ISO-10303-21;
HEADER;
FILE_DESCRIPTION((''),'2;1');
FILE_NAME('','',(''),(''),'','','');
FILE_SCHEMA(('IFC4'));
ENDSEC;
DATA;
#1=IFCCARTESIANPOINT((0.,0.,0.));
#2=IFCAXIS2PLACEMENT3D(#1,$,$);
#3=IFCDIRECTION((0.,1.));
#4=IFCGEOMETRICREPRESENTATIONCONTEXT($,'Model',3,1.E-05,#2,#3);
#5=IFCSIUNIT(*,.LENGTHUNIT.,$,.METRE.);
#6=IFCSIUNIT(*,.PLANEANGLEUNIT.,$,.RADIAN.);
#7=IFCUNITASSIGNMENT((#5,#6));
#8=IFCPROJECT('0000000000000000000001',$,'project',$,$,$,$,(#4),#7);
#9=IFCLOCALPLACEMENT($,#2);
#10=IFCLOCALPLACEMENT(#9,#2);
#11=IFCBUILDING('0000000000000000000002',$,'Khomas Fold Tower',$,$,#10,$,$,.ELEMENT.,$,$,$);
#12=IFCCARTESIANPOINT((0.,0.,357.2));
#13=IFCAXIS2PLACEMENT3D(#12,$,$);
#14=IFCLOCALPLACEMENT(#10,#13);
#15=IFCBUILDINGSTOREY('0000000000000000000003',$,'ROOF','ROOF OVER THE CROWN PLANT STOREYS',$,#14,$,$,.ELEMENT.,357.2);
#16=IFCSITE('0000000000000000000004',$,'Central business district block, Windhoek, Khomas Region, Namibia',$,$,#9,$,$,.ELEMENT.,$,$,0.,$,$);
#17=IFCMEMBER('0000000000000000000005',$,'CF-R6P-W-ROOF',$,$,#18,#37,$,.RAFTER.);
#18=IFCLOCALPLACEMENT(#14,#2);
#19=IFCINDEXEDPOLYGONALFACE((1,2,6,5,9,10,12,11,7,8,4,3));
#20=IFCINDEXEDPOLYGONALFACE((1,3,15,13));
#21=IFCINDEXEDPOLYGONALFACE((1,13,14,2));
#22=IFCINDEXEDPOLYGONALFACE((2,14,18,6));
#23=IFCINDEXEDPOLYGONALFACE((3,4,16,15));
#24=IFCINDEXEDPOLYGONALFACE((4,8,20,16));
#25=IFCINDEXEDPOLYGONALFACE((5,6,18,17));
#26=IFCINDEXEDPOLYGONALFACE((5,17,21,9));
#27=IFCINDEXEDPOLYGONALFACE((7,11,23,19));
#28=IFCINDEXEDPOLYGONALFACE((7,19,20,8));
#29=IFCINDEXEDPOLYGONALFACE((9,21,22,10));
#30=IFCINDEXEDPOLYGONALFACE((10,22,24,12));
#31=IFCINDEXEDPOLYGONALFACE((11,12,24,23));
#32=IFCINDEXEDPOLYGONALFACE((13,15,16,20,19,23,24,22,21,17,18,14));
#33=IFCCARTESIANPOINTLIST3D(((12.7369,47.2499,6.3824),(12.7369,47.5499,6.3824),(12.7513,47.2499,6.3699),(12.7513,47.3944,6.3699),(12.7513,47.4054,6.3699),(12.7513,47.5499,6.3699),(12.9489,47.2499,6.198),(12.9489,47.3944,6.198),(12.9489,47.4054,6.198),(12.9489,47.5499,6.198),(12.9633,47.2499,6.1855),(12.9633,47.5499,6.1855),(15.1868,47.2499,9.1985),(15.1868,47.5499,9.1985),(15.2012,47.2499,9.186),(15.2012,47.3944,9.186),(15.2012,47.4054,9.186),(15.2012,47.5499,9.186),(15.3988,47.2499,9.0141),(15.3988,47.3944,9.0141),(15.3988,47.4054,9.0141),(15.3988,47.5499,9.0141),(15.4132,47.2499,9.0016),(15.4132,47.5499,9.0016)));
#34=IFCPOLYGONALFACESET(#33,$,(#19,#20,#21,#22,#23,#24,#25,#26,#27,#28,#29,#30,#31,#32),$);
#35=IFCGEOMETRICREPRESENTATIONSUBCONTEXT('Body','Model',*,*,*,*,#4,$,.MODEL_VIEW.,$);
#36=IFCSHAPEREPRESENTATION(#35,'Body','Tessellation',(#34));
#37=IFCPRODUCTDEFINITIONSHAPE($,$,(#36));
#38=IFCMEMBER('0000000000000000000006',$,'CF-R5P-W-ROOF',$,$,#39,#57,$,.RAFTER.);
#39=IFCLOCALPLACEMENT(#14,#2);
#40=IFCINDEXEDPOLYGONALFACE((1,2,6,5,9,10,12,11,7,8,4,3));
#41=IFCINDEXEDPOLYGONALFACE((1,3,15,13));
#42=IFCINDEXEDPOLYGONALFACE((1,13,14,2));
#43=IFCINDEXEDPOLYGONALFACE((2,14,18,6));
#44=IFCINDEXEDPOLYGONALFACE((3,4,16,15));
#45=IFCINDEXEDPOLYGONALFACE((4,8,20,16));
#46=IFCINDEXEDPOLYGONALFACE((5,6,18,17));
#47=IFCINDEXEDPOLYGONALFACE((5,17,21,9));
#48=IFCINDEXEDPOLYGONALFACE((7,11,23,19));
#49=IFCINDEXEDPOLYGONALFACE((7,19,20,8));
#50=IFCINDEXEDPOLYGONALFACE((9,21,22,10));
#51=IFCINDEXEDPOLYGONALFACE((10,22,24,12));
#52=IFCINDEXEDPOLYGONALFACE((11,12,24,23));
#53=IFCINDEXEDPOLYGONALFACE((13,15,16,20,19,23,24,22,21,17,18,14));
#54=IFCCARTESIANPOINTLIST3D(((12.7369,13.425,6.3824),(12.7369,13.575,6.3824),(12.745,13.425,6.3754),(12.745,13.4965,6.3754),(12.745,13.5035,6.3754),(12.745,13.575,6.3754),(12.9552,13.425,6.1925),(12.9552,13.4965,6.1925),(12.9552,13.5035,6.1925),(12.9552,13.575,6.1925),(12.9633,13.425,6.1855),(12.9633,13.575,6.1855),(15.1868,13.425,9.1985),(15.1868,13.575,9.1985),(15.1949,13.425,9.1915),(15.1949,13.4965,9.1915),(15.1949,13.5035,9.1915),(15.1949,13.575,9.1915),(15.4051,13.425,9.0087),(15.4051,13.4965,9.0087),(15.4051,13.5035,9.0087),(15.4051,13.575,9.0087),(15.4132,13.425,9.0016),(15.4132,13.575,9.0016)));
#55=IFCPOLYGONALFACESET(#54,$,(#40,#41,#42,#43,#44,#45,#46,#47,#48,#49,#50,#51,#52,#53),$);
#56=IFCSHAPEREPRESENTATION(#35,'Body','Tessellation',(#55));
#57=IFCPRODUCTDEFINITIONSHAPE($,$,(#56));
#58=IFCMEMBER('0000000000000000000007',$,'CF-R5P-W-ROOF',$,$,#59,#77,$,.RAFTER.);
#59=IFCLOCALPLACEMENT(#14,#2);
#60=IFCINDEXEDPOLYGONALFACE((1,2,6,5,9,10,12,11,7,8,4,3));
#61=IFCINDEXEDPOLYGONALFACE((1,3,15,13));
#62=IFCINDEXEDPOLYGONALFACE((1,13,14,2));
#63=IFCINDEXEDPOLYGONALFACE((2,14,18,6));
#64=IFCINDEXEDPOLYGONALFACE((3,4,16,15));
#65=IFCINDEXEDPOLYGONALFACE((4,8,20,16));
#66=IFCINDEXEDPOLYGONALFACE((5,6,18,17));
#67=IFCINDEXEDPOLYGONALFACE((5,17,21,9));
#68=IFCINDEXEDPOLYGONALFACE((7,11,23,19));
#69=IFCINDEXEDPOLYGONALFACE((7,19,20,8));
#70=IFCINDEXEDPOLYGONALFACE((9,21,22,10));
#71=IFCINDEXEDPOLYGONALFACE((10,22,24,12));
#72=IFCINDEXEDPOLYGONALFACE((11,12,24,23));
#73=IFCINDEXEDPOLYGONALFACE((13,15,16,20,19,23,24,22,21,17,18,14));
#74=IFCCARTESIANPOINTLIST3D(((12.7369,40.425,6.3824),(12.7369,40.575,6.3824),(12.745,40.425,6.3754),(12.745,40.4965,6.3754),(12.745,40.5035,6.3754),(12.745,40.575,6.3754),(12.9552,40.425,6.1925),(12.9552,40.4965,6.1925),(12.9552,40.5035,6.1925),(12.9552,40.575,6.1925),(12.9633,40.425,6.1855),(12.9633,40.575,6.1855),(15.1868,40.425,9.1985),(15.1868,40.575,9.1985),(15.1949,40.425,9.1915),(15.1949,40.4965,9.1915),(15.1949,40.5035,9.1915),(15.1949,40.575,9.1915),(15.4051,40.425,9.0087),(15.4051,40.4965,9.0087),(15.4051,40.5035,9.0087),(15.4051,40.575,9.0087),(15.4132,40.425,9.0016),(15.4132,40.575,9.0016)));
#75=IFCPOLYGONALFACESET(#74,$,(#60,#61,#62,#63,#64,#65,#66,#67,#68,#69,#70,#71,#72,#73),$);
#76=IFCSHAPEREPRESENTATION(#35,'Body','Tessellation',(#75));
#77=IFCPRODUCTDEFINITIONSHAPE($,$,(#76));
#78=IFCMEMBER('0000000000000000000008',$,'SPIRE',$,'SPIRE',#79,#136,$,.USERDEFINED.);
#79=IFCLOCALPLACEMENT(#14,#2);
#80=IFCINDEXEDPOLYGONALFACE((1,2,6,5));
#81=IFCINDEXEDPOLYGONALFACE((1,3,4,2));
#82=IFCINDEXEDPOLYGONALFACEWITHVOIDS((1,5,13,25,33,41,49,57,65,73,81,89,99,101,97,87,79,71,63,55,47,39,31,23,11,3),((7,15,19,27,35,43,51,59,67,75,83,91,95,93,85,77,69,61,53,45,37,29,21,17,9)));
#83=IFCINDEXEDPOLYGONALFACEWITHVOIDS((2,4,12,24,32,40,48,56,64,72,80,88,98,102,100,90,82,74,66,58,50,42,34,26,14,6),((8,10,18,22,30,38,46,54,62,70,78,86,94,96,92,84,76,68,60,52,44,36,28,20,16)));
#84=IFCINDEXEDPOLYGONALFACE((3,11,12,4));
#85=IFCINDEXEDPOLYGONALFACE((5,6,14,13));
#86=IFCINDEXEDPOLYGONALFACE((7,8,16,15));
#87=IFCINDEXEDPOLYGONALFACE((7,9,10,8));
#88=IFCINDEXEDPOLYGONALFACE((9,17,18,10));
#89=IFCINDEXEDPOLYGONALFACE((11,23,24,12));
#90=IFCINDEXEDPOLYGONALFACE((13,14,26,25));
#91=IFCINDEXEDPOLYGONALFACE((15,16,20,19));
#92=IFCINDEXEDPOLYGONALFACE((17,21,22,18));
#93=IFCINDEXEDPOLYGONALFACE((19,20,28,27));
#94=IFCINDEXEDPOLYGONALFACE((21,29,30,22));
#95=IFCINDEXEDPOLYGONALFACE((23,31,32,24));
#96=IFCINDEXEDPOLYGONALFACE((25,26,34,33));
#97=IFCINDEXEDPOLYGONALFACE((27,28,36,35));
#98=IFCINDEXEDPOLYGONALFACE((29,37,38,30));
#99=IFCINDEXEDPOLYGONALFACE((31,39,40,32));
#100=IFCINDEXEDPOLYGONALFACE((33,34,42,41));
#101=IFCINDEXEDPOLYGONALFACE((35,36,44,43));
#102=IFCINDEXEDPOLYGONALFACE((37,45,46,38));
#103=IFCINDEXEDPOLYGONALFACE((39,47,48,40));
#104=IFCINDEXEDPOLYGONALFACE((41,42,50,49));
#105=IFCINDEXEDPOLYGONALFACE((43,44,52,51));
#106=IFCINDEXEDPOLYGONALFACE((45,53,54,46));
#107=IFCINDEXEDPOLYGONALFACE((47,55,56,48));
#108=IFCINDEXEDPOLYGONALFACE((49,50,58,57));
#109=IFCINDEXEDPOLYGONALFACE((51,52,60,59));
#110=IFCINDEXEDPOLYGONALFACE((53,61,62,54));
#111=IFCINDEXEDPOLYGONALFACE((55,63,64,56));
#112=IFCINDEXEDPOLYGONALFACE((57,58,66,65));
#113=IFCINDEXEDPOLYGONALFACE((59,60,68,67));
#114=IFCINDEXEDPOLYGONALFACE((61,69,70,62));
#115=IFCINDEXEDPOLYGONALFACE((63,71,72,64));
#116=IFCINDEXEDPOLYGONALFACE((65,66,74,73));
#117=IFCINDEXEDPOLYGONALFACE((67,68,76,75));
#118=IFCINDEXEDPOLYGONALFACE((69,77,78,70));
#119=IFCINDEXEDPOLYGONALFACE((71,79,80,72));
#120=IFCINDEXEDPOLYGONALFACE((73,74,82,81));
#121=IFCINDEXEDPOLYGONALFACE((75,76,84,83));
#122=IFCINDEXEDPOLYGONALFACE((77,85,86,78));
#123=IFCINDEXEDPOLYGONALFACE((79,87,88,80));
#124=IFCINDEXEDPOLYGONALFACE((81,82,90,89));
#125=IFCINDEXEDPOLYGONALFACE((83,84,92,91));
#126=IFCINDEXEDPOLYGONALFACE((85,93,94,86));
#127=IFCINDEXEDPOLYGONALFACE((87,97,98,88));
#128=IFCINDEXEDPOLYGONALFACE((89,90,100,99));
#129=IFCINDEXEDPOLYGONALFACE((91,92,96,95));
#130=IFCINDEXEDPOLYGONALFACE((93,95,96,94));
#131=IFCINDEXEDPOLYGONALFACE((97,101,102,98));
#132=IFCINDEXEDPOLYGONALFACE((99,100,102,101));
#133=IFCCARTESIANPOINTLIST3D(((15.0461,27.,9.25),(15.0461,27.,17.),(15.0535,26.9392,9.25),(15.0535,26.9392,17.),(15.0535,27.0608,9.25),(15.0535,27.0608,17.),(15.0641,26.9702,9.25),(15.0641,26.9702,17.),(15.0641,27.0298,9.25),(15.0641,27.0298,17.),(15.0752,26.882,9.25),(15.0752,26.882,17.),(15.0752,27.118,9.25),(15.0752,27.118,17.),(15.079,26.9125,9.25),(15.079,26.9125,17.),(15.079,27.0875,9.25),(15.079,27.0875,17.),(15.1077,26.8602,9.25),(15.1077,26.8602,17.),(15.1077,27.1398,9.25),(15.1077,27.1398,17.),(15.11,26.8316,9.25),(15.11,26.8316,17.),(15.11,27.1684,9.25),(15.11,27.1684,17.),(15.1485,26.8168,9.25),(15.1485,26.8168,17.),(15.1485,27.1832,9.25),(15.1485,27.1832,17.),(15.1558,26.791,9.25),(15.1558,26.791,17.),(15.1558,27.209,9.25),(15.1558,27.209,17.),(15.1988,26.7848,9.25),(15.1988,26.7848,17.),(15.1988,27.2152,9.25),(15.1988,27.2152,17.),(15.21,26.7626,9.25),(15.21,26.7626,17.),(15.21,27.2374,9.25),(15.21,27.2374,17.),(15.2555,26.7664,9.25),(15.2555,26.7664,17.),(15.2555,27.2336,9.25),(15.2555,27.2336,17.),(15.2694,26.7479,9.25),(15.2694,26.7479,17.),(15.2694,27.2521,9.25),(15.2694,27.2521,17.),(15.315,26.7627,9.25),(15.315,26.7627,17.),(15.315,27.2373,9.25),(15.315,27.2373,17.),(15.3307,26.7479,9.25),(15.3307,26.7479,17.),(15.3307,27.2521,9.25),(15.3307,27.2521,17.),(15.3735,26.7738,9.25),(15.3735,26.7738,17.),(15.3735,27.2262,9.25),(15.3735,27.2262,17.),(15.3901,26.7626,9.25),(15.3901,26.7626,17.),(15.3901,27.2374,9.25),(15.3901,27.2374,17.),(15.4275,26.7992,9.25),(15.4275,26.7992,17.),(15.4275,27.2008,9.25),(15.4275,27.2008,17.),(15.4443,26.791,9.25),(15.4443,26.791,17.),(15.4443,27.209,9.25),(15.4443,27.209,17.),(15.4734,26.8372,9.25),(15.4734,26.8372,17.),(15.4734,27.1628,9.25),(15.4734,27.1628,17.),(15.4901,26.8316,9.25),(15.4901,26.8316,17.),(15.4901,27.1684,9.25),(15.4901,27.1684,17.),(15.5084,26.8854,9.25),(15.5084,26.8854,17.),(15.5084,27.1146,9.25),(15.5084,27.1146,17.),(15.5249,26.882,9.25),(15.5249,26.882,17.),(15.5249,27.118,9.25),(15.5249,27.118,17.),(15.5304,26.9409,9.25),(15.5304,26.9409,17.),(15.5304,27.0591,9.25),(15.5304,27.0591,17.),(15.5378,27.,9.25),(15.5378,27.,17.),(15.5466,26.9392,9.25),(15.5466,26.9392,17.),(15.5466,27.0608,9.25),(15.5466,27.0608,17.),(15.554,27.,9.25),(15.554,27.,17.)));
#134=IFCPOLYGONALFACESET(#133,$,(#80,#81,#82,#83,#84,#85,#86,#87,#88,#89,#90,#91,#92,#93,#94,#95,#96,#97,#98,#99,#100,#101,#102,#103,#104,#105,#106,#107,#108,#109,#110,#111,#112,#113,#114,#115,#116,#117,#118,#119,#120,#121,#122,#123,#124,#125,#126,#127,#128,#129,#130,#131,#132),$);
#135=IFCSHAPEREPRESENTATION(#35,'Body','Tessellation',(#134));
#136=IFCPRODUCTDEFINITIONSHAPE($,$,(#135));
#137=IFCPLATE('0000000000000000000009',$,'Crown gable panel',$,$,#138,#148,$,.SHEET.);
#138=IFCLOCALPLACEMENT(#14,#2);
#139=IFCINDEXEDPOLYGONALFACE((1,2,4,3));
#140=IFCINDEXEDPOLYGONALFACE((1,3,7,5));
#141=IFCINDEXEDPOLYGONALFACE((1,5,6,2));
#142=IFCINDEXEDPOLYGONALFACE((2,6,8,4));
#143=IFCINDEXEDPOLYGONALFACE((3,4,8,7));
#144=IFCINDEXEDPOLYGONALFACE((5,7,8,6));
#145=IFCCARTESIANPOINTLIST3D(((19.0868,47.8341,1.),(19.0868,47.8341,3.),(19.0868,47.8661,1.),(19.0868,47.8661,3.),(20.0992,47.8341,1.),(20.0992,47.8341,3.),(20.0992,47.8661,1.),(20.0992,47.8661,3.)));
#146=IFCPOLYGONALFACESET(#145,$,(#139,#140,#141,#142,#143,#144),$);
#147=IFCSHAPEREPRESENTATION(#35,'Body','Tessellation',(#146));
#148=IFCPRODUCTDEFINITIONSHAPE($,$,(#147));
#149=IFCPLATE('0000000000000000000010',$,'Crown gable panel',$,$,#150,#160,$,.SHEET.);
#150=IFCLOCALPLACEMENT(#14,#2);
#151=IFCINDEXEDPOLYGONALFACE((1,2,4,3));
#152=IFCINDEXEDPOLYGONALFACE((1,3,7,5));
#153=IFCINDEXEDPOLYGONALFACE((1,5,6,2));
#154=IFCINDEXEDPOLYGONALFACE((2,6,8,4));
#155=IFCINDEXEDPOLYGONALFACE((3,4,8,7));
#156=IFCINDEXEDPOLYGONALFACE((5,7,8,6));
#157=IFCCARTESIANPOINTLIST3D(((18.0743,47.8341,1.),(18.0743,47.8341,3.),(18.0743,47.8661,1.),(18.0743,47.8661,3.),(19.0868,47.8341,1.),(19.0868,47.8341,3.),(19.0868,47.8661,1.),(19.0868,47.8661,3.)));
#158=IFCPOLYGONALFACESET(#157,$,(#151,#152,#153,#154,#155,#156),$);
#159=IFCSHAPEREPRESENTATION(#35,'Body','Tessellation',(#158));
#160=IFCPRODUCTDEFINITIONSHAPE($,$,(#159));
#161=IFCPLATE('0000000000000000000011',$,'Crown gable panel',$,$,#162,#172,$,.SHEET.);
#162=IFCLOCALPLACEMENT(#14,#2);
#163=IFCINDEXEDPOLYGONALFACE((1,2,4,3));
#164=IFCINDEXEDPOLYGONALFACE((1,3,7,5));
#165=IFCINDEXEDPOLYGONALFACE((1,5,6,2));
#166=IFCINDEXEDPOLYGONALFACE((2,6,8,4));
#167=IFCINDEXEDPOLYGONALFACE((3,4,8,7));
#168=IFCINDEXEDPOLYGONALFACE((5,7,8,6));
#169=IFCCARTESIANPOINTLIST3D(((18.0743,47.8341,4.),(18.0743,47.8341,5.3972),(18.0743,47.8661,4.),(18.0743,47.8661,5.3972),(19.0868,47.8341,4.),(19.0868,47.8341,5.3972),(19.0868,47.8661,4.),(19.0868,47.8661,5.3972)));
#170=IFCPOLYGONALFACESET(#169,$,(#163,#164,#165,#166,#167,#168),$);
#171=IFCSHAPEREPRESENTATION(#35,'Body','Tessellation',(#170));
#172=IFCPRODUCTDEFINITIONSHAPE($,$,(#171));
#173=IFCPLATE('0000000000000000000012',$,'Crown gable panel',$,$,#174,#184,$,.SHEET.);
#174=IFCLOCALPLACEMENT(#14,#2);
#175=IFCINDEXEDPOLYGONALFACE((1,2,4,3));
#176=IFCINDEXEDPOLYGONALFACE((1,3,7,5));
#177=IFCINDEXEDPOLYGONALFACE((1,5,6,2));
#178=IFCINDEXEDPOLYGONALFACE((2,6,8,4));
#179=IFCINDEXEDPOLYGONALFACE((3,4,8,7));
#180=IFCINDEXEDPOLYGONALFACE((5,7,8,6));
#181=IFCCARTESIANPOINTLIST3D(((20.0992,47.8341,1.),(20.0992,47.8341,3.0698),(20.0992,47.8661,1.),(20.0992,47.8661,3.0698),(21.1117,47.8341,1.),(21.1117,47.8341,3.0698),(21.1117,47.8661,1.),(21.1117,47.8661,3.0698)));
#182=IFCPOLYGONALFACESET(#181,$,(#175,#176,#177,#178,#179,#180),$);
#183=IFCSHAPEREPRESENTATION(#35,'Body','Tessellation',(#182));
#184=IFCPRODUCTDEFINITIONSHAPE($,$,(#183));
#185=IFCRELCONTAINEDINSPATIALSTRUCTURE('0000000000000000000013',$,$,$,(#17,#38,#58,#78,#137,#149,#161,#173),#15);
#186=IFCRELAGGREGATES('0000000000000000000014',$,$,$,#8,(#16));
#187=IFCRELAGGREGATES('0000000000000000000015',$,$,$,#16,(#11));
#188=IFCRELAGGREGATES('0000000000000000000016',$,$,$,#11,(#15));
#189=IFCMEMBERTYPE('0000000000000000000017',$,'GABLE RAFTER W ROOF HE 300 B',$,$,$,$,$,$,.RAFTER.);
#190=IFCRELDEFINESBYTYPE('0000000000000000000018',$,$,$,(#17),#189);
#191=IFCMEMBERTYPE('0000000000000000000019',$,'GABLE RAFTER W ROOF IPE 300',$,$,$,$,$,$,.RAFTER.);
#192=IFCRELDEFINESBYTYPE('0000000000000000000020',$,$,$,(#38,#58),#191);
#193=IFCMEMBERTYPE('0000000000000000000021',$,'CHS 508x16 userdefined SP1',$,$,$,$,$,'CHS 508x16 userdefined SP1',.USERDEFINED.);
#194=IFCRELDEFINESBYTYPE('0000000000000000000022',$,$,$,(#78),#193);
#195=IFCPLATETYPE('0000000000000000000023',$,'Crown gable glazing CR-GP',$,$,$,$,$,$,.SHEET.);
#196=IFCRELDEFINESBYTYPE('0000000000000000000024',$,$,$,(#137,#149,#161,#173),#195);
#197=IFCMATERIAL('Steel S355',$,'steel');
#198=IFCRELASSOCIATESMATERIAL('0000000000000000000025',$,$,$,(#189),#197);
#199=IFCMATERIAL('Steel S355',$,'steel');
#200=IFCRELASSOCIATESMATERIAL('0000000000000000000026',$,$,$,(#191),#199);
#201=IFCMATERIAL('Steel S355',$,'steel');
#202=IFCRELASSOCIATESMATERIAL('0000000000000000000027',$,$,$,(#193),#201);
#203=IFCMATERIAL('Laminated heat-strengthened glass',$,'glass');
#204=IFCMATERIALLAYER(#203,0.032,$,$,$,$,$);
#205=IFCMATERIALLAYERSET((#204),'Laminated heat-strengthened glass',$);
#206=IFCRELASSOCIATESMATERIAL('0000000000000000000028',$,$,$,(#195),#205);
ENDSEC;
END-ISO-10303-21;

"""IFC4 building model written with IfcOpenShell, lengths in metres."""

from ifc_helpers import new_model, si_unit, direction, frame, origin, origin_2d, place, context, subcontext, project, spatial, rectangle, hollow_circle, i_section, extrude, source, transform, mapped, material, layer, layer_set, material_profile, profile_set, type_object, element, save


model = new_model("IFC4")

# Units and contexts
model_context = context("Model", 3, precision=1e-05, world=origin(), true_north=direction((0.0, 1.0)))
body_context = subcontext(model_context, "Body", "Model", "MODEL_VIEW")
ifc_project = project(units=[si_unit("LENGTHUNIT", "METRE"), si_unit("PLANEANGLEUNIT", "RADIAN")], contexts=[model_context])

# Site, building, storey
site_placement = place(None, origin())
site = spatial("IfcSite", under=ifc_project, at=site_placement, Name="Central business district block, Windhoek, Khomas Region, Namibia", CompositionType="ELEMENT", RefElevation=0.0)
building_placement = place(site_placement, origin())
building = spatial("IfcBuilding", under=site, at=building_placement, Name="Khomas Fold Tower", CompositionType="ELEMENT")
storey_placement = place(building_placement, frame((0.0, 0.0, 357.2)))
storey = spatial("IfcBuildingStorey", under=building, at=storey_placement, Name="ROOF", Description="ROOF OVER THE CROWN PLANT STOREYS", CompositionType="ELEMENT", Elevation=357.2)

# Members
ifc_material_1 = material(Name="Steel S355", Category="steel")
ifc_material_profile_1 = material_profile(ifc_material_1, i_section(OverallWidth=0.3, OverallDepth=0.3, WebThickness=0.011, FlangeThickness=0.019, at=origin_2d()), Name="HE 300 B")
ifc_profile_set_1 = profile_set([ifc_material_profile_1], Name="Steel S355")
member_type_1 = type_object("IfcMemberType", Name="GABLE RAFTER W ROOF HE 300 B", PredefinedType="RAFTER", material=ifc_profile_set_1)
shared_shape_1 = source(origin(), body_context, "Body", "SweptSolid", [
    extrude(i_section(OverallWidth=0.3, OverallDepth=0.3, WebThickness=0.011, FlangeThickness=0.019, at=origin_2d()), origin(), (0.0, 0.0, 1.0), 3.7327),
])
member_1_placement = place(storey_placement, frame((12.8501, 47.3999, 6.2839), z_axis=(0.656349, 0.0, 0.754458), x_axis=(0.0, 1.0, 0.0)))
element("IfcMember", 1, at=member_1_placement, inside=storey, type_object=member_type_1, Name="CF-R6P-W-ROOF", PredefinedType="RAFTER", context=body_context, shape_type="MappedRepresentation", body=[
    mapped(shared_shape_1, transform((0.0, 0.0, 0.0))),
])
ifc_material_2 = material(Name="Steel S355", Category="steel")
ifc_material_profile_2 = material_profile(ifc_material_2, i_section(OverallWidth=0.1499, OverallDepth=0.3, WebThickness=0.0071, FlangeThickness=0.0107, at=origin_2d()), Name="IPE 300")
ifc_profile_set_2 = profile_set([ifc_material_profile_2], Name="Steel S355")
member_type_2 = type_object("IfcMemberType", Name="GABLE RAFTER W ROOF IPE 300", PredefinedType="RAFTER", material=ifc_profile_set_2)
shared_shape_2 = source(origin(), body_context, "Body", "SweptSolid", [
    extrude(i_section(OverallWidth=0.1499, OverallDepth=0.3, WebThickness=0.0071, FlangeThickness=0.0107, at=origin_2d()), origin(), (0.0, 0.0, 1.0), 3.7327),
])
for number, where, z_axis, x_axis, name in (
    (2, (12.8501, 13.5, 6.2839), (0.656349, 0.0, 0.754458), (0.0, 1.0, 0.0), "CF-R5P-W-ROOF"),
    (3, (12.8501, 40.5, 6.2839), (0.656349, 0.0, 0.754458), (0.0, 1.0, 0.0), "CF-R5P-W-ROOF"),
):
    element("IfcMember", number, at=place(storey_placement, frame(where, z_axis=z_axis, x_axis=x_axis)), inside=storey, type_object=member_type_2, Name=name, PredefinedType="RAFTER", context=body_context, shape_type="MappedRepresentation", body=[
        mapped(shared_shape_2, transform((0.0, 0.0, 0.0))),
    ])
ifc_material_3 = material(Name="Steel S355", Category="steel")
ifc_material_profile_3 = material_profile(ifc_material_3, hollow_circle(Radius=0.2539, WallThickness=0.0161, at=origin_2d()), Name="CHS 508x16")
ifc_profile_set_3 = profile_set([ifc_material_profile_3], Name="Steel S355")
member_type_3 = type_object("IfcMemberType", Name="CHS 508x16 userdefined SP1", ElementType="CHS 508x16 userdefined SP1", PredefinedType="USERDEFINED", material=ifc_profile_set_3)
shared_shape_3 = source(origin(), body_context, "Body", "SweptSolid", [
    extrude(hollow_circle(Radius=0.2539, WallThickness=0.0161, at=origin_2d()), origin(), (0.0, 0.0, 1.0), 7.75),
])
member_2_placement = place(storey_placement, frame((15.3, 27.0, 9.25), z_axis=(0.0, 0.0, 1.0), x_axis=(1.0, 0.0, 0.0)))
element("IfcMember", 4, at=member_2_placement, inside=storey, type_object=member_type_3, Name="SPIRE", ObjectType="SPIRE", PredefinedType="USERDEFINED", context=body_context, shape_type="MappedRepresentation", body=[
    mapped(shared_shape_3, transform((0.0, 0.0, 0.0))),
])

# Plates
ifc_material_4 = material(Name="Laminated heat-strengthened glass", Category="glass")
ifc_layer_1 = layer(ifc_material_4, 0.032)
ifc_layer_set_1 = layer_set([ifc_layer_1], Name="Laminated heat-strengthened glass")
plate_type = type_object("IfcPlateType", Name="Crown gable glazing CR-GP", PredefinedType="SHEET", material=ifc_layer_set_1)
shared_shape_4 = source(origin(), body_context, "Body", "SweptSolid", [
    extrude(rectangle(XDim=1.0125, YDim=0.032, at=origin_2d()), origin(), (0.0, 0.0, 1.0), 2.0),
])
for number, where, z_axis, x_axis, name in (
    (5, (19.593, 47.8501, 1.0), (0.0, 0.0, 1.0), (-1.0, 0.0, 0.0), "Crown gable panel"),
    (6, (18.5806, 47.8501, 1.0), (0.0, 0.0, 1.0), (-1.0, 0.0, 0.0), "Crown gable panel"),
):
    element("IfcPlate", number, at=place(storey_placement, frame(where, z_axis=z_axis, x_axis=x_axis)), inside=storey, type_object=plate_type, Name=name, PredefinedType="SHEET", context=body_context, shape_type="MappedRepresentation", body=[
        mapped(shared_shape_4, transform((0.0, 0.0, 0.0))),
    ])
shared_shape_5 = source(origin(), body_context, "Body", "SweptSolid", [
    extrude(rectangle(XDim=1.0125, YDim=0.032, at=origin_2d()), origin(), (0.0, 0.0, 1.0), 1.3972),
])
plate_1_placement = place(storey_placement, frame((18.5806, 47.8501, 4.0), z_axis=(0.0, 0.0, 1.0), x_axis=(-1.0, 0.0, 0.0)))
element("IfcPlate", 7, at=plate_1_placement, inside=storey, type_object=plate_type, Name="Crown gable panel", PredefinedType="SHEET", context=body_context, shape_type="MappedRepresentation", body=[
    mapped(shared_shape_5, transform((0.0, 0.0, 0.0))),
])
shared_shape_6 = source(origin(), body_context, "Body", "SweptSolid", [
    extrude(rectangle(XDim=1.0125, YDim=0.032, at=origin_2d()), origin(), (0.0, 0.0, 1.0), 2.0698),
])
plate_2_placement = place(storey_placement, frame((20.6055, 47.8501, 1.0), z_axis=(0.0, 0.0, 1.0), x_axis=(-1.0, 0.0, 0.0)))
element("IfcPlate", 8, at=plate_2_placement, inside=storey, type_object=plate_type, Name="Crown gable panel", PredefinedType="SHEET", context=body_context, shape_type="MappedRepresentation", body=[
    mapped(shared_shape_6, transform((0.0, 0.0, 0.0))),
])

save(model, "model.ifc")
